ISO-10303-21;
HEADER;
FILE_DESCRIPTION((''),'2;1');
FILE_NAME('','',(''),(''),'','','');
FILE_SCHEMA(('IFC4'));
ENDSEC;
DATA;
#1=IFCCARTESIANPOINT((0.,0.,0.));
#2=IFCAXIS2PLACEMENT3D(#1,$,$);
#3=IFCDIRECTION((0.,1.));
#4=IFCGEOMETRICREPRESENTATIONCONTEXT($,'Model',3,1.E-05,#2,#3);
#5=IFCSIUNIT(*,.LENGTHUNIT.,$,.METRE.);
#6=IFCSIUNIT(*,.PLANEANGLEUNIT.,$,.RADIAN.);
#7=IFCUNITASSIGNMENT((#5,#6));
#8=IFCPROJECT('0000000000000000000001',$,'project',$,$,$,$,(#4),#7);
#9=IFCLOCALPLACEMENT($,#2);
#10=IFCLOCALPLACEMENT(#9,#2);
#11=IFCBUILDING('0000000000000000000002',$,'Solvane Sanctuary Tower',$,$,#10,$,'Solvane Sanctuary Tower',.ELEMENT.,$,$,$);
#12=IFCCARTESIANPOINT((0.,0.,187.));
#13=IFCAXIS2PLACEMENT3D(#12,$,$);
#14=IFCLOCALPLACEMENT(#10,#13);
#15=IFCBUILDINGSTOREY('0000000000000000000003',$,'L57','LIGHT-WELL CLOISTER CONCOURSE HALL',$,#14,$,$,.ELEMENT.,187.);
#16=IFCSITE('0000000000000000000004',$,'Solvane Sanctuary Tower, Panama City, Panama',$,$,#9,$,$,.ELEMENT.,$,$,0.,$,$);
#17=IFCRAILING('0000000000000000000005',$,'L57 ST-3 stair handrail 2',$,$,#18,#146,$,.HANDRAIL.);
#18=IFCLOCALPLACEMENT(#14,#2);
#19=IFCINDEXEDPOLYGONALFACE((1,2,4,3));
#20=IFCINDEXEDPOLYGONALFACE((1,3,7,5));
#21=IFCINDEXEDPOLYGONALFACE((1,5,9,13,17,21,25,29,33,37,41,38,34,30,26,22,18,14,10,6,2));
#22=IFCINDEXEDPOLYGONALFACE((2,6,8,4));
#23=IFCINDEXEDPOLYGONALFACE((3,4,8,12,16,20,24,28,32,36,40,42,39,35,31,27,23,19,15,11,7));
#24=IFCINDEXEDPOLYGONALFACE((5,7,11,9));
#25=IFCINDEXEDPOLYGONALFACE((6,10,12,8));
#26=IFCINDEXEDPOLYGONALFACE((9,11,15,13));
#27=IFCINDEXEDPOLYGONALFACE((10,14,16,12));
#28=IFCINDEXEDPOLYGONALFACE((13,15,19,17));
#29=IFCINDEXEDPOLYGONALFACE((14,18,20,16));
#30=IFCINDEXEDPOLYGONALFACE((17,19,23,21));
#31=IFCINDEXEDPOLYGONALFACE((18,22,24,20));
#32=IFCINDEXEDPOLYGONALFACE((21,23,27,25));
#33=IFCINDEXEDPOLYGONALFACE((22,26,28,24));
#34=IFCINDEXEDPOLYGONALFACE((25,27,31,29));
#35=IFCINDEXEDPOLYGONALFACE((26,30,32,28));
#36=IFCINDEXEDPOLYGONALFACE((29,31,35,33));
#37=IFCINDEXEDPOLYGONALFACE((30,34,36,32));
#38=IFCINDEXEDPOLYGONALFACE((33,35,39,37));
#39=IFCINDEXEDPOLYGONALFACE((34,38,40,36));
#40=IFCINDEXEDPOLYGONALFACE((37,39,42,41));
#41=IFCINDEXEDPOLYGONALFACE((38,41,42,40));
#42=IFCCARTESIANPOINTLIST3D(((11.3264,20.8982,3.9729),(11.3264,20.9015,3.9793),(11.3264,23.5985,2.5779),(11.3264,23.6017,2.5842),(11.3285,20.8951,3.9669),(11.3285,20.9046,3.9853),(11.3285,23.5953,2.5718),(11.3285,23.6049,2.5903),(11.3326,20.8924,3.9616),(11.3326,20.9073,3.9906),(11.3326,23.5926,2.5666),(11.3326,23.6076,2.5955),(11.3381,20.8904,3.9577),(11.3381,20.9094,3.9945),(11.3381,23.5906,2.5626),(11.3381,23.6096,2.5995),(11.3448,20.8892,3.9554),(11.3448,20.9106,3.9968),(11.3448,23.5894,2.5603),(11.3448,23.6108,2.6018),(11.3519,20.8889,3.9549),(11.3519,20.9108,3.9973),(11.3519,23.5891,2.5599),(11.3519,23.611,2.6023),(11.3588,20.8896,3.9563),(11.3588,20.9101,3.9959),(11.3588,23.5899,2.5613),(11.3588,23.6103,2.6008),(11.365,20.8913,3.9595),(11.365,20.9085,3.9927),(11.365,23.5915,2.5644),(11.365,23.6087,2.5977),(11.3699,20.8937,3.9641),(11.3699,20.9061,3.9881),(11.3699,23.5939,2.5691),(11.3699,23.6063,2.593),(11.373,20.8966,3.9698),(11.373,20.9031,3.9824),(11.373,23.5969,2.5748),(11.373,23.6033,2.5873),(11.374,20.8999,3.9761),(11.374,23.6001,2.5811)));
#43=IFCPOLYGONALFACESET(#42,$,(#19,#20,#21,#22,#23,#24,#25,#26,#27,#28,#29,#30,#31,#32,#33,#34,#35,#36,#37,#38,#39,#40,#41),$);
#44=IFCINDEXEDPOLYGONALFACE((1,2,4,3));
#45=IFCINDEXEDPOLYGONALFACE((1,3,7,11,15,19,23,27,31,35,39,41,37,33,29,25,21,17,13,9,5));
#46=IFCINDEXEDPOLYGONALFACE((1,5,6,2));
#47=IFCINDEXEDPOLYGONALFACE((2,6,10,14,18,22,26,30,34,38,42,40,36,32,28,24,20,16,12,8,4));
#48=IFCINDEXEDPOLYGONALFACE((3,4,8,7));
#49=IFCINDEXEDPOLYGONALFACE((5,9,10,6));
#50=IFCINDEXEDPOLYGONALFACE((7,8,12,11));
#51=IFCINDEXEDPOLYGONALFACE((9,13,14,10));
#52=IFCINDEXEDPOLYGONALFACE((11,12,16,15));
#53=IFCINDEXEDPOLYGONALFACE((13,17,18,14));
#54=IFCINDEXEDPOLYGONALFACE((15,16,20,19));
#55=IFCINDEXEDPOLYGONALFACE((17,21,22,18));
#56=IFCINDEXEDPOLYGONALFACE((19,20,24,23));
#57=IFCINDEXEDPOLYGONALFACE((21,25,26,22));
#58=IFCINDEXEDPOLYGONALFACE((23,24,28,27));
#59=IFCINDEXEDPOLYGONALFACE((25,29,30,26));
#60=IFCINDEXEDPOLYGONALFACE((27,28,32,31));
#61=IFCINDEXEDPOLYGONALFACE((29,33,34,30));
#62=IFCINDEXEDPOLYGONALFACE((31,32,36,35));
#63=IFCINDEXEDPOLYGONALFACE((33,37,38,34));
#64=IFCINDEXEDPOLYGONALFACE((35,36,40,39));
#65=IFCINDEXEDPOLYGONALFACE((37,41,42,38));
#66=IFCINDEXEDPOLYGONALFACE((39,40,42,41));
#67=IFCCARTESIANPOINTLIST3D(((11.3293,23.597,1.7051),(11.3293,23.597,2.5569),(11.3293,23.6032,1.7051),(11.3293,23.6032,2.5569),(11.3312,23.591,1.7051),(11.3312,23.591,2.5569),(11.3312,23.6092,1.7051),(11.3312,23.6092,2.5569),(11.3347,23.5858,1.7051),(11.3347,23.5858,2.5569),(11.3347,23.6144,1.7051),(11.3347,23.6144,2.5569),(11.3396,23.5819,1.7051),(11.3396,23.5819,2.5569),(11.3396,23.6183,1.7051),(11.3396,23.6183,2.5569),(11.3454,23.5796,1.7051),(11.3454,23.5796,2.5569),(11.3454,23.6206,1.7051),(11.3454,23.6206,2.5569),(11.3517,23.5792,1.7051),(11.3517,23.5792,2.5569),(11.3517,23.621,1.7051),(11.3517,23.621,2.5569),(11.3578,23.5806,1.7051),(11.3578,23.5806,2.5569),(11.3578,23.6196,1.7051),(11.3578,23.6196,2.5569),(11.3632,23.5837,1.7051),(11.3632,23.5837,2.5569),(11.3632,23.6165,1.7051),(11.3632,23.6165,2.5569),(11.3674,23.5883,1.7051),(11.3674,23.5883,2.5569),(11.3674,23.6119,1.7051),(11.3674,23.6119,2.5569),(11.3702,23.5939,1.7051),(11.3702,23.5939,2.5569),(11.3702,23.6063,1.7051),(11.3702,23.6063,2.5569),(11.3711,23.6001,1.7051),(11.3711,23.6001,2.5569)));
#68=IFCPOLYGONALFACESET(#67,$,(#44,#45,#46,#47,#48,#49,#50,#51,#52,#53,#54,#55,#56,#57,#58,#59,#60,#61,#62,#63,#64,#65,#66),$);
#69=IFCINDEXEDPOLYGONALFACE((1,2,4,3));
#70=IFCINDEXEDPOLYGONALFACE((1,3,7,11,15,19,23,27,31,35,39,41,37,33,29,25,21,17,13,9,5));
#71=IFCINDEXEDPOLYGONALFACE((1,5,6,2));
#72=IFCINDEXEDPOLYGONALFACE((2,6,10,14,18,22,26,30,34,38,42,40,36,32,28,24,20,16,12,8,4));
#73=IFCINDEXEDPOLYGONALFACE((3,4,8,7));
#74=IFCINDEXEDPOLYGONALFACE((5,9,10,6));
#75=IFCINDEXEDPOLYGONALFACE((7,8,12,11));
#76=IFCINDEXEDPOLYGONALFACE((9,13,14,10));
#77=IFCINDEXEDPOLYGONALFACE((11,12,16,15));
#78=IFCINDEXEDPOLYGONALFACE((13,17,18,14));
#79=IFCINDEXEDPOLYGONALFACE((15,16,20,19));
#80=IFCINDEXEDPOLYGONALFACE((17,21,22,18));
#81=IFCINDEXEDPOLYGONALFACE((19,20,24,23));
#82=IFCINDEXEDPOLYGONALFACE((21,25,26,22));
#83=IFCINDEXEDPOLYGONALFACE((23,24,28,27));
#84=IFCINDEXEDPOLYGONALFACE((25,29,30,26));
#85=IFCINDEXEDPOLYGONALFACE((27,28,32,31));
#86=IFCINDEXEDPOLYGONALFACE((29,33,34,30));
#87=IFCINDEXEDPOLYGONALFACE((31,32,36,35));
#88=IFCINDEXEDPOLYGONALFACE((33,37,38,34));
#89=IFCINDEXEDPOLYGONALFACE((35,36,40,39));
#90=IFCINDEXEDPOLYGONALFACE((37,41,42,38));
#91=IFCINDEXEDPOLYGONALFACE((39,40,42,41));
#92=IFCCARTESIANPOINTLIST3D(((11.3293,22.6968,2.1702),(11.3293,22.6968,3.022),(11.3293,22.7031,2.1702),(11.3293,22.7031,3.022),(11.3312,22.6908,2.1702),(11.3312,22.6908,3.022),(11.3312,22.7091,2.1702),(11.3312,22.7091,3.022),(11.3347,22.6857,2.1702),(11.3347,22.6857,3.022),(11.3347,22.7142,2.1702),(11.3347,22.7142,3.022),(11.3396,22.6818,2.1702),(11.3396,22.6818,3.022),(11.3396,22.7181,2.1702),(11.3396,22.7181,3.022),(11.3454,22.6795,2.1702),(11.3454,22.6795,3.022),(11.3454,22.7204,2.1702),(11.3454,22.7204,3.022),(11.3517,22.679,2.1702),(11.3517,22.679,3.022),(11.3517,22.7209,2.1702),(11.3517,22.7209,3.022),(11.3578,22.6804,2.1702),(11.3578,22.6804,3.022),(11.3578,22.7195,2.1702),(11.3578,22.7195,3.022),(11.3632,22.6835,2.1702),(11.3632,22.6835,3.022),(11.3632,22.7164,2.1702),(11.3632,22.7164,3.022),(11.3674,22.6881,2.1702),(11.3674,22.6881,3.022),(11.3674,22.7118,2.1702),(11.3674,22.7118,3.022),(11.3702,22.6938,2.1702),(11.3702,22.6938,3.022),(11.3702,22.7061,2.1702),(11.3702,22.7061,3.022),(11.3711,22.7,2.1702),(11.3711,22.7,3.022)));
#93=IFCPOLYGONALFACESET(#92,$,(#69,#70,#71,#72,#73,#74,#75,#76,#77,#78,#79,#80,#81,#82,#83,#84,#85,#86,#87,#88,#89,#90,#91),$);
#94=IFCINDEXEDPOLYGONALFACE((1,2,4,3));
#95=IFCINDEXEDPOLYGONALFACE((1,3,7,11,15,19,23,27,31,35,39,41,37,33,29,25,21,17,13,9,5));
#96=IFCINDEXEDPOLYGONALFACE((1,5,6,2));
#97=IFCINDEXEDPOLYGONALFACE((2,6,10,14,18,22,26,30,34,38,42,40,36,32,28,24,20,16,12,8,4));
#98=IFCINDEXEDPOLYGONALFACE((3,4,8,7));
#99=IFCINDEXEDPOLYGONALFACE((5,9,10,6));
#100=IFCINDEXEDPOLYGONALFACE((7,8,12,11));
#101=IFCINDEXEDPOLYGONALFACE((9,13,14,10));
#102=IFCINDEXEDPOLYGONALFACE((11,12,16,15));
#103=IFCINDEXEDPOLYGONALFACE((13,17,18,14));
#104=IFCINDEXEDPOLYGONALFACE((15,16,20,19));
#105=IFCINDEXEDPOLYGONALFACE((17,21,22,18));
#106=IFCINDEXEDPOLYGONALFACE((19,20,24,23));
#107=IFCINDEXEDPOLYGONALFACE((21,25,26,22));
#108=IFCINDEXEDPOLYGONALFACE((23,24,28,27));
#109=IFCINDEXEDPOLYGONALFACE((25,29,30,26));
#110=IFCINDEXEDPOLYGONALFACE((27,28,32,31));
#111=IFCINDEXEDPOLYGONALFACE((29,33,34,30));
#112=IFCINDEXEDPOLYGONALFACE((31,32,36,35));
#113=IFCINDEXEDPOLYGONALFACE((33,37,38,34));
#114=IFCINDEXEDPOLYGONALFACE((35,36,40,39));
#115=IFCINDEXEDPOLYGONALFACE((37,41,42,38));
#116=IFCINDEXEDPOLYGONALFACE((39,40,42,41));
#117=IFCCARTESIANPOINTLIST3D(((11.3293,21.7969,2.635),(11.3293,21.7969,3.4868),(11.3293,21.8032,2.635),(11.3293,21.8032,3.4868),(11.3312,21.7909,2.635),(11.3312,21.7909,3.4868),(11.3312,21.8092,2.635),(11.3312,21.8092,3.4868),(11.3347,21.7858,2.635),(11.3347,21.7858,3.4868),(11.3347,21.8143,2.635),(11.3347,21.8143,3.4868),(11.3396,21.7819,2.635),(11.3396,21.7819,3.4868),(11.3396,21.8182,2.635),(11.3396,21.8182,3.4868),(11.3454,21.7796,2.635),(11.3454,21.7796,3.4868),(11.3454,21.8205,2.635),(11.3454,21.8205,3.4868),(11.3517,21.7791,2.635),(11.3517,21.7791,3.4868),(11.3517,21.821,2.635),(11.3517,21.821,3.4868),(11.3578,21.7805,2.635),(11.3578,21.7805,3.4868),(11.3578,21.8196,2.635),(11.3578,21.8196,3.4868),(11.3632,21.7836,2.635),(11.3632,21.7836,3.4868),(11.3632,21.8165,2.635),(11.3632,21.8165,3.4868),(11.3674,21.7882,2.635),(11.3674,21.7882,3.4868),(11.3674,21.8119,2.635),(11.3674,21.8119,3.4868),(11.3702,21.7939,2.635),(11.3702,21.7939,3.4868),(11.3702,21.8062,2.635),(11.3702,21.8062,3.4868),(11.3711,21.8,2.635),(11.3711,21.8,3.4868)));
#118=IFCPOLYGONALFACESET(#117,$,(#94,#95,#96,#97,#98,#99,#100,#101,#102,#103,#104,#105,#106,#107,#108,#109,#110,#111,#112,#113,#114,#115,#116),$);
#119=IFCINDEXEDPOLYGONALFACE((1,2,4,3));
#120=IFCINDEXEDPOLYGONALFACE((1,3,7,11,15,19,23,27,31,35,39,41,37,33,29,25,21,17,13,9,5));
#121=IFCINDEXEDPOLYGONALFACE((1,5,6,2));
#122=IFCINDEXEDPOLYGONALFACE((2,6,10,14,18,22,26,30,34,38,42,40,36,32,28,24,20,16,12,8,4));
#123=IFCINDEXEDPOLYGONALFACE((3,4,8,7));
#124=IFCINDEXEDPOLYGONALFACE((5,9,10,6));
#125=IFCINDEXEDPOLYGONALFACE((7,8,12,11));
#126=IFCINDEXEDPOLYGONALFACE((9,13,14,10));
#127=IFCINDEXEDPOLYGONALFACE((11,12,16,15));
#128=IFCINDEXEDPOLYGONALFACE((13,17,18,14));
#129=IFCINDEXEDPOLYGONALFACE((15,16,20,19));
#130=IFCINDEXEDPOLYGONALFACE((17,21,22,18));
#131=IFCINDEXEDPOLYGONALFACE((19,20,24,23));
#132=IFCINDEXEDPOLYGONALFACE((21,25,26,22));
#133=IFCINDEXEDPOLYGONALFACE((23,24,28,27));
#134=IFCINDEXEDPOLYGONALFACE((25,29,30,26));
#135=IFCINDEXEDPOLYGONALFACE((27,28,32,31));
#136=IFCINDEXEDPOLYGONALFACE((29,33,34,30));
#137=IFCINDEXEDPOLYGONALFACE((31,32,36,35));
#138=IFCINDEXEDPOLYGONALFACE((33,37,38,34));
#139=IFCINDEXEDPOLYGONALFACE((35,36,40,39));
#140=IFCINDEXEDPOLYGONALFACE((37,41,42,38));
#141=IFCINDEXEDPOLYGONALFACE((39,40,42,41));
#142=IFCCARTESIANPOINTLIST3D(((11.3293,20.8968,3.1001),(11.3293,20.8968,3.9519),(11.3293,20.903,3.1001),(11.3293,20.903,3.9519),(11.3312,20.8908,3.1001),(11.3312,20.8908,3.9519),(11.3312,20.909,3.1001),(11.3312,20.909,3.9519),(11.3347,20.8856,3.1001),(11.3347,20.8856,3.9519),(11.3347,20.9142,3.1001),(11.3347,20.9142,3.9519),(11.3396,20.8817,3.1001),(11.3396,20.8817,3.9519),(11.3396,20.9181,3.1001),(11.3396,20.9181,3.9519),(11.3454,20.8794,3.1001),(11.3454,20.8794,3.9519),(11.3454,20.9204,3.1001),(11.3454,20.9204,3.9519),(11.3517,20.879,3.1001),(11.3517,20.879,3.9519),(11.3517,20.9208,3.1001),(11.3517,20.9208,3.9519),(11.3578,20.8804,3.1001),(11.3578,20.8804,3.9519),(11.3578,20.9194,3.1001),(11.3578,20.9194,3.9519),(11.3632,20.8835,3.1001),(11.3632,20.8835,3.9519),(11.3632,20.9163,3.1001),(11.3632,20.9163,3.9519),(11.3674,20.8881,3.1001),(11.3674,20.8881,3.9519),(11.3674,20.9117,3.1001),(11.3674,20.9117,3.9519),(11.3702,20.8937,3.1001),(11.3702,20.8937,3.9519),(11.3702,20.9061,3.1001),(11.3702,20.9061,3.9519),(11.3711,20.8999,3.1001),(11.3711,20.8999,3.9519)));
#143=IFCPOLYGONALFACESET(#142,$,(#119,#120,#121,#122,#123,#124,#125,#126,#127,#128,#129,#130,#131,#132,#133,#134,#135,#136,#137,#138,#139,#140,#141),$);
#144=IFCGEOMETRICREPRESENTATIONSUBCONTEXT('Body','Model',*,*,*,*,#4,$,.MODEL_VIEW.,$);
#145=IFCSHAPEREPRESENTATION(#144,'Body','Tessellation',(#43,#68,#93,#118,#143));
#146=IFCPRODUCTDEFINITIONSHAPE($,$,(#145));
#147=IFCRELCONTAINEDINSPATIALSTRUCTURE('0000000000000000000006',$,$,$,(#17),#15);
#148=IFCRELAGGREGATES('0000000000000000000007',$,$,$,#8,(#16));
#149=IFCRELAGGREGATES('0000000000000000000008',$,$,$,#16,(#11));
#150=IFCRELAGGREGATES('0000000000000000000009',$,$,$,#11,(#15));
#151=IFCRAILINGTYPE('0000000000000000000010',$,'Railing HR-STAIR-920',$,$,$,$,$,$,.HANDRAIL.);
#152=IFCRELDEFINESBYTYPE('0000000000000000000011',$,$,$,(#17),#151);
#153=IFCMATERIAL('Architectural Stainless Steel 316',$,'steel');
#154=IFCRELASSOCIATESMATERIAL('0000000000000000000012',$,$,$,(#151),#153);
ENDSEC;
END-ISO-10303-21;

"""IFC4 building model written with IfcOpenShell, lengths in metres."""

from ifc_helpers import new_model, si_unit, direction, frame, origin, origin_2d, place, context, subcontext, project, spatial, circle, extrude, material, type_object, element, save


model = new_model("IFC4")

# Units and contexts
model_context = context("Model", 3, precision=1e-05, world=origin(), true_north=direction((0.0, 1.0)))
body_context = subcontext(model_context, "Body", "Model", "MODEL_VIEW")
ifc_project = project(units=[si_unit("LENGTHUNIT", "METRE"), si_unit("PLANEANGLEUNIT", "RADIAN")], contexts=[model_context])

# Site, building, storey
site_placement = place(None, origin())
site = spatial("IfcSite", under=ifc_project, at=site_placement, Name="Solvane Sanctuary Tower, Panama City, Panama", CompositionType="ELEMENT", RefElevation=0.0)
building_placement = place(site_placement, origin())
building = spatial("IfcBuilding", under=site, at=building_placement, Name="Solvane Sanctuary Tower", LongName="Solvane Sanctuary Tower", CompositionType="ELEMENT")
storey_placement = place(building_placement, frame((0.0, 0.0, 187.0)))
storey = spatial("IfcBuildingStorey", under=building, at=storey_placement, Name="L57", Description="LIGHT-WELL CLOISTER CONCOURSE HALL", CompositionType="ELEMENT", Elevation=187.0)

# Railing
ifc_material_1 = material(Name="Architectural Stainless Steel 316", Category="steel")
railing_type_1 = type_object("IfcRailingType", Name="Railing HR-STAIR-920", PredefinedType="HANDRAIL", material=ifc_material_1)
railing_1_placement = place(storey_placement, frame((11.3501, 23.6001, 1.7051)))
element("IfcRailing", 1, at=railing_1_placement, inside=storey, type_object=railing_type_1, Name="L57 ST-3 stair handrail 2", PredefinedType="HANDRAIL", context=body_context, shape_type="SweptSolid", body=[
    extrude(circle(Radius=0.0239, at=origin_2d()), frame((0.0, 0.0, 0.876), z_axis=(0.0, -0.888437, 0.458999), x_axis=(1.0, 0.0, 0.0)), (0.0, 0.0, 1.0), 3.0393),
    extrude(circle(Radius=0.021, at=origin_2d()), origin(), (0.0, 0.0, 1.0), 0.8518),
    extrude(circle(Radius=0.021, at=origin_2d()), frame((0.0, -0.9001, 0.4651)), (0.0, 0.0, 1.0), 0.8518),
    extrude(circle(Radius=0.021, at=origin_2d()), frame((0.0, -1.8, 0.9299)), (0.0, 0.0, 1.0), 0.8518),
    extrude(circle(Radius=0.021, at=origin_2d()), frame((0.0, -2.7002, 1.395)), (0.0, 0.0, 1.0), 0.8518),
])

save(model, "model.ifc")
